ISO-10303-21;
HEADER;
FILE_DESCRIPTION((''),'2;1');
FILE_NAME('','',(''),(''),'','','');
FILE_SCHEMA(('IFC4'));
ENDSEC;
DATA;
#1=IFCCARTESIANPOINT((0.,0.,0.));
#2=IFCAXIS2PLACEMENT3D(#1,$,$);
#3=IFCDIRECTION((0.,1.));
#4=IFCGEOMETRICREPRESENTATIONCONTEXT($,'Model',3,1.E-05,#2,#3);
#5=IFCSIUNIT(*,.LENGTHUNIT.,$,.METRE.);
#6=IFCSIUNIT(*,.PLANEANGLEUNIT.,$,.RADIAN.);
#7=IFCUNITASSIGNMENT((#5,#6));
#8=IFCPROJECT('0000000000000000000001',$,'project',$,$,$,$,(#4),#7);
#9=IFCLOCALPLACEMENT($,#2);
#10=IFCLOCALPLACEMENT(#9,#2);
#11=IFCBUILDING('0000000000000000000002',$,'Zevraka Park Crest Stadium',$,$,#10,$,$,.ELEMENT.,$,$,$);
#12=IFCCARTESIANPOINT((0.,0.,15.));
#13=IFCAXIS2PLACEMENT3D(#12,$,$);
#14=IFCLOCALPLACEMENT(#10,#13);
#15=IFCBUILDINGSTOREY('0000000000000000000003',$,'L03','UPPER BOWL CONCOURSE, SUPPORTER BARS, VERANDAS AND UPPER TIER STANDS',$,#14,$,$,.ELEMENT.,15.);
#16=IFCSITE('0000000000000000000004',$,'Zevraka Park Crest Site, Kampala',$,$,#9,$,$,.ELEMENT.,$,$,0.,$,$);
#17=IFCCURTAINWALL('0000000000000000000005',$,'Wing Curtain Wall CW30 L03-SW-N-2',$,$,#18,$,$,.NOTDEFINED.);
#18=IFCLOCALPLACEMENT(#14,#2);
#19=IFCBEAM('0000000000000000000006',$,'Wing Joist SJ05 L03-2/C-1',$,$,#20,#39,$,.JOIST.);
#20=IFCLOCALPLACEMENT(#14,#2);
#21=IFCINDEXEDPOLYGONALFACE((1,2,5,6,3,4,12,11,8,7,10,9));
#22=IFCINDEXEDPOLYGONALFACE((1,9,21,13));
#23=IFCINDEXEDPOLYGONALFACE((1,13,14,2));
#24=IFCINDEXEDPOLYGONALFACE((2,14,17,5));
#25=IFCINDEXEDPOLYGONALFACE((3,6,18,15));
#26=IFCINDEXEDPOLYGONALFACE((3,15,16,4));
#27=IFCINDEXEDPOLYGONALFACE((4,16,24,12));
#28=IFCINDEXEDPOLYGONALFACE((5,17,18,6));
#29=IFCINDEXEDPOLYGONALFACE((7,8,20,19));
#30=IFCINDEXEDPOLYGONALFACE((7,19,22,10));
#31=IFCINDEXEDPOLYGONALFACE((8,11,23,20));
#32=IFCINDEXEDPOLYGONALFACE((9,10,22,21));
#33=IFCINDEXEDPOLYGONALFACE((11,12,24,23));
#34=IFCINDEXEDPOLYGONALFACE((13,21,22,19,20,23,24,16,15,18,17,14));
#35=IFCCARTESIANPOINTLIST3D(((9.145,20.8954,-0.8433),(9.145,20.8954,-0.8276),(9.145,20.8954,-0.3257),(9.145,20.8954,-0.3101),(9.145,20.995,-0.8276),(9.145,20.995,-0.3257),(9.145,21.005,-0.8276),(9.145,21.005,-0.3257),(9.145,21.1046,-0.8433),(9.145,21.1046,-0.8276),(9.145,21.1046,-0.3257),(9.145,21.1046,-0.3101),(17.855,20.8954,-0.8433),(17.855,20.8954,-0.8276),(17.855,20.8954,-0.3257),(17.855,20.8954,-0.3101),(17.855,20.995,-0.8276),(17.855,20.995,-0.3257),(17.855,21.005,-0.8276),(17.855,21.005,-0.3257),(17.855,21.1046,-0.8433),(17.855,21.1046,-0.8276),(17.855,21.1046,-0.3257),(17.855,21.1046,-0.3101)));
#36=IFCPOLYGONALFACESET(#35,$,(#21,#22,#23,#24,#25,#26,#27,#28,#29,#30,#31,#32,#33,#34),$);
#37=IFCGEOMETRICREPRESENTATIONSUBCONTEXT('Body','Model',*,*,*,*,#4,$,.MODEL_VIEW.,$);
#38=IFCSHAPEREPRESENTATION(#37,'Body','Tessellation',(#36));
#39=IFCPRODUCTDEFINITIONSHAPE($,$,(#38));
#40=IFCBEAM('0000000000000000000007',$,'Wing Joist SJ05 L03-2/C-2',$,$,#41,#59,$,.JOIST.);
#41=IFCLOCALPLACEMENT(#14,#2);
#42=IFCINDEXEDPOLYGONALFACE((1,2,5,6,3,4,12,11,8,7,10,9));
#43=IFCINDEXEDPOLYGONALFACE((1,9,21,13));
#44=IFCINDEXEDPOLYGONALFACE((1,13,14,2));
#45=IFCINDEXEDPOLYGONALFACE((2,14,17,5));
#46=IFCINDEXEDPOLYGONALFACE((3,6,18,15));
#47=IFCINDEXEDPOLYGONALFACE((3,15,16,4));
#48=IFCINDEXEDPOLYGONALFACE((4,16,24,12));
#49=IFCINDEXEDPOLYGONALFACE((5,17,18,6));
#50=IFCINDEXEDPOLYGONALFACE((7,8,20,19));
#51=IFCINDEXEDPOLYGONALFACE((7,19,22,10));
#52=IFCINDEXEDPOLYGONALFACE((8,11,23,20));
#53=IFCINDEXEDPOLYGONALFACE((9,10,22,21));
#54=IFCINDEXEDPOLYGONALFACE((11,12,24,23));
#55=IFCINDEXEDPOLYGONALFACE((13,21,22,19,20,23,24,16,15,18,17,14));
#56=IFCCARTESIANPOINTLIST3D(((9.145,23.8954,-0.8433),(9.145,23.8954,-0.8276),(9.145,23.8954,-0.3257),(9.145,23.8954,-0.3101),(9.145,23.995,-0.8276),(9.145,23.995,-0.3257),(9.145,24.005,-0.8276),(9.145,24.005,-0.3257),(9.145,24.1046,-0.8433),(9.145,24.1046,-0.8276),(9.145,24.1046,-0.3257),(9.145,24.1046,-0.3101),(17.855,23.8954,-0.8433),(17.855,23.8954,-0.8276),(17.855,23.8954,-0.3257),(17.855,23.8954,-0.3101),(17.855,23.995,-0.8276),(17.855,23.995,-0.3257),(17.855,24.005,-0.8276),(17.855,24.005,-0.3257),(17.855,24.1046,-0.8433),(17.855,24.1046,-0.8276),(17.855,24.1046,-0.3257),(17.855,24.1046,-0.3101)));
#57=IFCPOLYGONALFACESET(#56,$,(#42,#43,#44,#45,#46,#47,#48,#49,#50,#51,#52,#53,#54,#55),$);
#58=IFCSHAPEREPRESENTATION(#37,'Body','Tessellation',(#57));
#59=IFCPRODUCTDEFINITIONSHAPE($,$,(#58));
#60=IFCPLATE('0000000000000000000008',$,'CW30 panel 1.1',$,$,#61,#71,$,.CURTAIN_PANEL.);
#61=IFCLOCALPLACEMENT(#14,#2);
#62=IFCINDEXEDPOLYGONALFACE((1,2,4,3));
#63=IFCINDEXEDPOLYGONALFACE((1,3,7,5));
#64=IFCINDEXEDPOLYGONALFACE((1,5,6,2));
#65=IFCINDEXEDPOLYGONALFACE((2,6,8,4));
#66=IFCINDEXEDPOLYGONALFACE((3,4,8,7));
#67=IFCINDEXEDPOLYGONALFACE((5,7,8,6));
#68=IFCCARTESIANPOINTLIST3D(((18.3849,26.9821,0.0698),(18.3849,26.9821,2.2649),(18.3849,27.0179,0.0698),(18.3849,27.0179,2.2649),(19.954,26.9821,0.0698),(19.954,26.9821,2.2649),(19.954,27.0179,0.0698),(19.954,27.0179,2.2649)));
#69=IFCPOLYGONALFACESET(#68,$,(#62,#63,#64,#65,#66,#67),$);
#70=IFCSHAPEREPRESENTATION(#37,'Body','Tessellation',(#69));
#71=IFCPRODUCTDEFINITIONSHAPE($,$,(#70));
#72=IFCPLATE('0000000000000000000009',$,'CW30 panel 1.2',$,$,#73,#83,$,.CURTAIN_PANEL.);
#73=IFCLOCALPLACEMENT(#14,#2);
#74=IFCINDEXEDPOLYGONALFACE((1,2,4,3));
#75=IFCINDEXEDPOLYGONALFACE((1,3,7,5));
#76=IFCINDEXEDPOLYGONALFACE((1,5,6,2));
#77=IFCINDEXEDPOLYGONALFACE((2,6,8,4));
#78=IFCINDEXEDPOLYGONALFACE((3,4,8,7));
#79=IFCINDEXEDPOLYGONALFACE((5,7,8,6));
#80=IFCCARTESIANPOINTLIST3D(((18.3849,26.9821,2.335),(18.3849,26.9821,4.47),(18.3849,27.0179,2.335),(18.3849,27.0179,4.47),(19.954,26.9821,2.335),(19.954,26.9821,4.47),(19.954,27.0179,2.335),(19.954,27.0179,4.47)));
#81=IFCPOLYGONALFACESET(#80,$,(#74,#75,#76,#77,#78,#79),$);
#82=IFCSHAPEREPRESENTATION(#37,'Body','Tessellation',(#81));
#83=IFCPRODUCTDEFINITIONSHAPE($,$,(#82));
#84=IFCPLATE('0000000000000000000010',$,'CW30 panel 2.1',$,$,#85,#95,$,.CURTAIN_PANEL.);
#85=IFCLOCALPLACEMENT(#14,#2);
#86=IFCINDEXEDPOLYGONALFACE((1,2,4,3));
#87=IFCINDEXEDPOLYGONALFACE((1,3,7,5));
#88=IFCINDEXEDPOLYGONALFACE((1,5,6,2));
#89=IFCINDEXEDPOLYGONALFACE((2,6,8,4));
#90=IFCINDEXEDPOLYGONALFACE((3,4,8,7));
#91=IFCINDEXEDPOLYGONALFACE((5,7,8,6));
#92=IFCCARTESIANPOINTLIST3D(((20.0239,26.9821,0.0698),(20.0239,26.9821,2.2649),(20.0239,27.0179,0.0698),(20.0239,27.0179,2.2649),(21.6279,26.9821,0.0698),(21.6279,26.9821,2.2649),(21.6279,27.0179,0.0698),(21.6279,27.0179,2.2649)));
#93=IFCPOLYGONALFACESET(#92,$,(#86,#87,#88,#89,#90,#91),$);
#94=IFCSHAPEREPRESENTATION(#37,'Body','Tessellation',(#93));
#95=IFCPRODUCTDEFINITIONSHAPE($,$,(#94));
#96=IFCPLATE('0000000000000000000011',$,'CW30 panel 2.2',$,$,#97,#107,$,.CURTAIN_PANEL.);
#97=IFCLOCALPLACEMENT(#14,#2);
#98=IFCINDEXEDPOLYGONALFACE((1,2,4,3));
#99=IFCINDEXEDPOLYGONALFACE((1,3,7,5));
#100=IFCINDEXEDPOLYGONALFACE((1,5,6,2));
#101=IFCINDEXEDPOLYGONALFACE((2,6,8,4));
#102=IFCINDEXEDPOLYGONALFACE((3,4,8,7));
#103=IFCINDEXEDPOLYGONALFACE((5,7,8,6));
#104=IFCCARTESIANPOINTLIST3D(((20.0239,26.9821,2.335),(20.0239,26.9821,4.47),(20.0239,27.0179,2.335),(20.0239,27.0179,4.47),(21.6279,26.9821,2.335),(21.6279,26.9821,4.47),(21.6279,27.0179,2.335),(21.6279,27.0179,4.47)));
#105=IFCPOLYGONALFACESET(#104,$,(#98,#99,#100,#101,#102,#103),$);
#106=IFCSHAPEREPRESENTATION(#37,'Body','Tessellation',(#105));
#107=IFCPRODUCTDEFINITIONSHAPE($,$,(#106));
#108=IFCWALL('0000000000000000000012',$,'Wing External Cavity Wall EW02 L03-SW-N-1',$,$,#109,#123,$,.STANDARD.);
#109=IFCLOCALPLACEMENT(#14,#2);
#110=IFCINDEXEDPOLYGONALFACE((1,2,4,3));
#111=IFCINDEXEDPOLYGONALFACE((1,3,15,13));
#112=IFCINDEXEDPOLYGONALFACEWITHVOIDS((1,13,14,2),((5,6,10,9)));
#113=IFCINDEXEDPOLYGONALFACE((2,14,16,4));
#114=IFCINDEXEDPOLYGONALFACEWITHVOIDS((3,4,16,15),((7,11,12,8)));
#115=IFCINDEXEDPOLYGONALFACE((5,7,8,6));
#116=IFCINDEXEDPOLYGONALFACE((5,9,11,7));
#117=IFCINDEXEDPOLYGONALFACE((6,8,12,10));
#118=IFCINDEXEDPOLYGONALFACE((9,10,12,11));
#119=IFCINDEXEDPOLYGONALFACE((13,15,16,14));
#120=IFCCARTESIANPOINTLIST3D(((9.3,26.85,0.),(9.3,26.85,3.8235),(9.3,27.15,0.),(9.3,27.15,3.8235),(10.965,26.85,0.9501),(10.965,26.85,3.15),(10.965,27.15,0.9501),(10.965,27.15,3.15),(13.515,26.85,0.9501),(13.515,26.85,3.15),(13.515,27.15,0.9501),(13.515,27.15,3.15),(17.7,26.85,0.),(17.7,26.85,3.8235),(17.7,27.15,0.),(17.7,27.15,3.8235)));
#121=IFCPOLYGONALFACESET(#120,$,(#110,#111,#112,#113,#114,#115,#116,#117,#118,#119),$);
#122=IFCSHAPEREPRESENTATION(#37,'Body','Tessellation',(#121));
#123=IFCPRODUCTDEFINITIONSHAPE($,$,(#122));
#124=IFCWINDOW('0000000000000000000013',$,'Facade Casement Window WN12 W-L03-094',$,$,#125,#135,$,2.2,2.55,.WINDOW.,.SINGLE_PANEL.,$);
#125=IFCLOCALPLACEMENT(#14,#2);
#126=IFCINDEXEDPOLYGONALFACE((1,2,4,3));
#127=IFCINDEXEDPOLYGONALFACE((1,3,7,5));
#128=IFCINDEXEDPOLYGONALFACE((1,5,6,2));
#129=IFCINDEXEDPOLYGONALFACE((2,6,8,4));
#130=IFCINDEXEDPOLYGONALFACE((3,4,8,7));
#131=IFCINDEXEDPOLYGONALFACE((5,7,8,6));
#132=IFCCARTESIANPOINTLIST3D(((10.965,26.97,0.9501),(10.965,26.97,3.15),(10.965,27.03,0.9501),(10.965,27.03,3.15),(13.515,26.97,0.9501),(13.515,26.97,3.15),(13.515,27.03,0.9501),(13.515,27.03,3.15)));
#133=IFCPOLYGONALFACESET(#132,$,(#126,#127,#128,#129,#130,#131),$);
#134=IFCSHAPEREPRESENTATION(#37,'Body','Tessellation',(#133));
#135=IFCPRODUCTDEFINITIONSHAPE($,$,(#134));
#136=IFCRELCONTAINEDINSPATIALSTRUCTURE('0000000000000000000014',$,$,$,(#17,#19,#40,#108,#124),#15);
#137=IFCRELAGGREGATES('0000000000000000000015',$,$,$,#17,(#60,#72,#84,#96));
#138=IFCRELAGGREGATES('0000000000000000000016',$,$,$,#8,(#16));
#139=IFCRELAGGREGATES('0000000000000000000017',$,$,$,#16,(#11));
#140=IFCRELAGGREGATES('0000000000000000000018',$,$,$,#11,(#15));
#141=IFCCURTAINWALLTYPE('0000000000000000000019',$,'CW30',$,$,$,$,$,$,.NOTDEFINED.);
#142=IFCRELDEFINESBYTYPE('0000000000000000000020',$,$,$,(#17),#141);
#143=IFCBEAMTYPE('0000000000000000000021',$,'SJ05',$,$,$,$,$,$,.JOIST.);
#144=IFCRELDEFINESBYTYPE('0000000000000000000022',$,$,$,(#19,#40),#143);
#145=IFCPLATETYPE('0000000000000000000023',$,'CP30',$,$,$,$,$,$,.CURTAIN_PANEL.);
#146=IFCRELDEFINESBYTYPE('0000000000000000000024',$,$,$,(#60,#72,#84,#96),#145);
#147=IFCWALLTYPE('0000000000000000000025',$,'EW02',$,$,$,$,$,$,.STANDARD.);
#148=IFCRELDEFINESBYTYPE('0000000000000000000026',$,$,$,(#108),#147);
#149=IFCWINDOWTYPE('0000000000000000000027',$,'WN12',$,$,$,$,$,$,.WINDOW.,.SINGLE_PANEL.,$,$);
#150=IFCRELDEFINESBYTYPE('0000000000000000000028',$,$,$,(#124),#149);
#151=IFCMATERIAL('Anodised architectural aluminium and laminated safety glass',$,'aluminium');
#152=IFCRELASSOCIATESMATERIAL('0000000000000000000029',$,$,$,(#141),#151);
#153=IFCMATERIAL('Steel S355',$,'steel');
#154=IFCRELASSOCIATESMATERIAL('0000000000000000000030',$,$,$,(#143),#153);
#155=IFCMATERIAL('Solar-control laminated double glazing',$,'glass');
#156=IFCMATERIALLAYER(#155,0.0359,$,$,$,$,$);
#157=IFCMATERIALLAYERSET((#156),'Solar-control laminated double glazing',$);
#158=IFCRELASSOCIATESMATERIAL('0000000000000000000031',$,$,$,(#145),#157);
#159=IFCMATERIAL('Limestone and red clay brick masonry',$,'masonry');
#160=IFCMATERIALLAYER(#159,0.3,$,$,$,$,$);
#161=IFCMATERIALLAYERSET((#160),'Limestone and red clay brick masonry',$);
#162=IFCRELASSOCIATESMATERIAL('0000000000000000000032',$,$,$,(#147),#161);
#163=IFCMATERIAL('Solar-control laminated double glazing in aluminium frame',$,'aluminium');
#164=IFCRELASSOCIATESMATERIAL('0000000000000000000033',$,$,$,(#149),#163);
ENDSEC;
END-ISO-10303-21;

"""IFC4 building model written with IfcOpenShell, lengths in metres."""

from ifc_helpers import new_model, si_unit, direction, frame, frame_2d, origin, origin_2d, place, context, subcontext, project, spatial, rectangle, i_section, extrude, material, layer, layer_set, material_profile, profile_set, type_object, element, fill, aggregate, save


model = new_model("IFC4")

# Units and contexts
model_context = context("Model", 3, precision=1e-05, world=origin(), true_north=direction((0.0, 1.0)))
body_context = subcontext(model_context, "Body", "Model", "MODEL_VIEW")
ifc_project = project(units=[si_unit("LENGTHUNIT", "METRE"), si_unit("PLANEANGLEUNIT", "RADIAN")], contexts=[model_context])

# Site, building, storey
site_placement = place(None, origin())
site = spatial("IfcSite", under=ifc_project, at=site_placement, Name="Zevraka Park Crest Site, Kampala", CompositionType="ELEMENT", RefElevation=0.0)
building_placement = place(site_placement, origin())
building = spatial("IfcBuilding", under=site, at=building_placement, Name="Zevraka Park Crest Stadium", CompositionType="ELEMENT")
storey_placement = place(building_placement, frame((0.0, 0.0, 15.0)))
storey = spatial("IfcBuildingStorey", under=building, at=storey_placement, Name="L03", Description="UPPER BOWL CONCOURSE, SUPPORTER BARS, VERANDAS AND UPPER TIER STANDS", CompositionType="ELEMENT", Elevation=15.0)

# Curtain wall
ifc_material_1 = material(Name="Anodised architectural aluminium and laminated safety glass", Category="aluminium")
curtain_wall_type = type_object("IfcCurtainWallType", Name="CW30", PredefinedType="NOTDEFINED", material=ifc_material_1)
curtain_wall_placement = place(storey_placement, origin())
curtain_wall = element("IfcCurtainWall", 1, at=curtain_wall_placement, inside=storey, type_object=curtain_wall_type, Name="Wing Curtain Wall CW30 L03-SW-N-2", PredefinedType="NOTDEFINED")

# Beams
ifc_material_2 = material(Name="Steel S355", Category="steel")
ifc_material_profile_1 = material_profile(ifc_material_2, i_section(OverallWidth=0.2092, OverallDepth=0.5332, WebThickness=0.01, FlangeThickness=0.0156, at=origin_2d()), Name="UKB 533x210x92")
ifc_profile_set_1 = profile_set([ifc_material_profile_1], Name="Steel S355")
beam_type_1 = type_object("IfcBeamType", Name="SJ05", PredefinedType="JOIST", material=ifc_profile_set_1)
for number, where, z_axis, x_axis, name in (
    (2, (9.145, 21.0, -0.5767), (1.0, 0.0, 0.0), (0.0, 1.0, 0.0), "Wing Joist SJ05 L03-2/C-1"),
    (3, (9.145, 24.0, -0.5767), (1.0, 0.0, 0.0), (0.0, 1.0, 0.0), "Wing Joist SJ05 L03-2/C-2"),
):
    element("IfcBeam", number, at=place(storey_placement, frame(where, z_axis=z_axis, x_axis=x_axis)), inside=storey, type_object=beam_type_1, Name=name, PredefinedType="JOIST", context=body_context, shape_type="SweptSolid", body=[
        extrude(i_section(OverallWidth=0.2092, OverallDepth=0.5332, WebThickness=0.01, FlangeThickness=0.0156, at=origin_2d()), origin(), (0.0, 0.0, 1.0), 8.71),
    ])

# Plates
ifc_material_3 = material(Name="Solar-control laminated double glazing", Category="glass")
ifc_layer_1 = layer(ifc_material_3, 0.0359)
ifc_layer_set_1 = layer_set([ifc_layer_1], Name="Solar-control laminated double glazing")
plate_type = type_object("IfcPlateType", Name="CP30", PredefinedType="CURTAIN_PANEL", material=ifc_layer_set_1)
plate_1_placement = place(storey_placement, frame((19.1694, 27.0, 0.0698), z_axis=(0.0, 0.0, 1.0), x_axis=(1.0, 0.0, 0.0)))
plate_1 = element("IfcPlate", 4, at=plate_1_placement, type_object=plate_type, Name="CW30 panel 1.1", PredefinedType="CURTAIN_PANEL", context=body_context, shape_type="SweptSolid", body=[
    extrude(rectangle(XDim=1.5691, YDim=0.0359, at=origin_2d()), origin(), (0.0, 0.0, 1.0), 2.1951),
])
plate_2_placement = place(storey_placement, frame((19.1694, 27.0, 2.335), z_axis=(0.0, 0.0, 1.0), x_axis=(1.0, 0.0, 0.0)))
plate_2 = element("IfcPlate", 5, at=plate_2_placement, type_object=plate_type, Name="CW30 panel 1.2", PredefinedType="CURTAIN_PANEL", context=body_context, shape_type="SweptSolid", body=[
    extrude(rectangle(XDim=1.5691, YDim=0.0359, at=origin_2d()), origin(), (0.0, 0.0, 1.0), 2.135),
])
plate_3_placement = place(storey_placement, frame((20.8259, 27.0, 0.0698), z_axis=(0.0, 0.0, 1.0), x_axis=(1.0, 0.0, 0.0)))
plate_3 = element("IfcPlate", 6, at=plate_3_placement, type_object=plate_type, Name="CW30 panel 2.1", PredefinedType="CURTAIN_PANEL", context=body_context, shape_type="SweptSolid", body=[
    extrude(rectangle(XDim=1.604, YDim=0.0359, at=origin_2d()), origin(), (0.0, 0.0, 1.0), 2.1951),
])
plate_4_placement = place(storey_placement, frame((20.8259, 27.0, 2.335), z_axis=(0.0, 0.0, 1.0), x_axis=(1.0, 0.0, 0.0)))
plate_4 = element("IfcPlate", 7, at=plate_4_placement, type_object=plate_type, Name="CW30 panel 2.2", PredefinedType="CURTAIN_PANEL", context=body_context, shape_type="SweptSolid", body=[
    extrude(rectangle(XDim=1.604, YDim=0.0359, at=origin_2d()), origin(), (0.0, 0.0, 1.0), 2.135),
])
aggregate(curtain_wall, [plate_1, plate_2, plate_3, plate_4])

# Wall, opening, window
ifc_material_4 = material(Name="Limestone and red clay brick masonry", Category="masonry")
ifc_layer_2 = layer(ifc_material_4, 0.3)
ifc_layer_set_2 = layer_set([ifc_layer_2], Name="Limestone and red clay brick masonry")
wall_type = type_object("IfcWallType", Name="EW02", PredefinedType="STANDARD", material=ifc_layer_set_2)
wall_placement = place(storey_placement, frame((9.3, 27.0, 0.0), z_axis=(0.0, 0.0, 1.0), x_axis=(1.0, 0.0, 0.0)))
wall = element("IfcWall", 8, at=wall_placement, inside=storey, type_object=wall_type, Name="Wing External Cavity Wall EW02 L03-SW-N-1", PredefinedType="STANDARD", context=body_context, shape_type="SweptSolid", body=[
    extrude(rectangle(XDim=8.3999, YDim=0.3, at=frame_2d((4.2, 0.0))), origin(), (0.0, 0.0, 1.0), 3.8235),
])
opening_placement = place(wall_placement, frame((1.665, 0.0, 0.95)))
opening = element("IfcOpeningElement", 9, at=opening_placement, cuts=wall, PredefinedType="OPENING", context=body_context, shape_type="SweptSolid", body=[
    extrude(rectangle(XDim=2.55, YDim=2.2, at=frame_2d((1.2749, 1.1001))), frame((0.0, 0.1599, 0.0), z_axis=(0.0, -1.0, 0.0), x_axis=(1.0, 0.0, 0.0)), (0.0, 0.0, 1.0), 0.3201),
])
ifc_material_5 = material(Name="Solar-control laminated double glazing in aluminium frame", Category="aluminium")
window_type = type_object("IfcWindowType", Name="WN12", PartitioningType="SINGLE_PANEL", PredefinedType="WINDOW", material=ifc_material_5)
window_placement = place(opening_placement, origin())
window = element("IfcWindow", 10, at=window_placement, inside=storey, type_object=window_type, Name="Facade Casement Window WN12 W-L03-094", OverallHeight=2.2, OverallWidth=2.55, PartitioningType="SINGLE_PANEL", PredefinedType="WINDOW", context=body_context, shape_type="SweptSolid", body=[
    extrude(rectangle(XDim=2.55, YDim=2.2, at=frame_2d((1.2749, 1.1001))), frame((0.0, 0.03, 0.0), z_axis=(0.0, -1.0, 0.0), x_axis=(1.0, 0.0, 0.0)), (0.0, 0.0, 1.0), 0.0601),
])
fill(opening, window)

save(model, "model.ifc")
